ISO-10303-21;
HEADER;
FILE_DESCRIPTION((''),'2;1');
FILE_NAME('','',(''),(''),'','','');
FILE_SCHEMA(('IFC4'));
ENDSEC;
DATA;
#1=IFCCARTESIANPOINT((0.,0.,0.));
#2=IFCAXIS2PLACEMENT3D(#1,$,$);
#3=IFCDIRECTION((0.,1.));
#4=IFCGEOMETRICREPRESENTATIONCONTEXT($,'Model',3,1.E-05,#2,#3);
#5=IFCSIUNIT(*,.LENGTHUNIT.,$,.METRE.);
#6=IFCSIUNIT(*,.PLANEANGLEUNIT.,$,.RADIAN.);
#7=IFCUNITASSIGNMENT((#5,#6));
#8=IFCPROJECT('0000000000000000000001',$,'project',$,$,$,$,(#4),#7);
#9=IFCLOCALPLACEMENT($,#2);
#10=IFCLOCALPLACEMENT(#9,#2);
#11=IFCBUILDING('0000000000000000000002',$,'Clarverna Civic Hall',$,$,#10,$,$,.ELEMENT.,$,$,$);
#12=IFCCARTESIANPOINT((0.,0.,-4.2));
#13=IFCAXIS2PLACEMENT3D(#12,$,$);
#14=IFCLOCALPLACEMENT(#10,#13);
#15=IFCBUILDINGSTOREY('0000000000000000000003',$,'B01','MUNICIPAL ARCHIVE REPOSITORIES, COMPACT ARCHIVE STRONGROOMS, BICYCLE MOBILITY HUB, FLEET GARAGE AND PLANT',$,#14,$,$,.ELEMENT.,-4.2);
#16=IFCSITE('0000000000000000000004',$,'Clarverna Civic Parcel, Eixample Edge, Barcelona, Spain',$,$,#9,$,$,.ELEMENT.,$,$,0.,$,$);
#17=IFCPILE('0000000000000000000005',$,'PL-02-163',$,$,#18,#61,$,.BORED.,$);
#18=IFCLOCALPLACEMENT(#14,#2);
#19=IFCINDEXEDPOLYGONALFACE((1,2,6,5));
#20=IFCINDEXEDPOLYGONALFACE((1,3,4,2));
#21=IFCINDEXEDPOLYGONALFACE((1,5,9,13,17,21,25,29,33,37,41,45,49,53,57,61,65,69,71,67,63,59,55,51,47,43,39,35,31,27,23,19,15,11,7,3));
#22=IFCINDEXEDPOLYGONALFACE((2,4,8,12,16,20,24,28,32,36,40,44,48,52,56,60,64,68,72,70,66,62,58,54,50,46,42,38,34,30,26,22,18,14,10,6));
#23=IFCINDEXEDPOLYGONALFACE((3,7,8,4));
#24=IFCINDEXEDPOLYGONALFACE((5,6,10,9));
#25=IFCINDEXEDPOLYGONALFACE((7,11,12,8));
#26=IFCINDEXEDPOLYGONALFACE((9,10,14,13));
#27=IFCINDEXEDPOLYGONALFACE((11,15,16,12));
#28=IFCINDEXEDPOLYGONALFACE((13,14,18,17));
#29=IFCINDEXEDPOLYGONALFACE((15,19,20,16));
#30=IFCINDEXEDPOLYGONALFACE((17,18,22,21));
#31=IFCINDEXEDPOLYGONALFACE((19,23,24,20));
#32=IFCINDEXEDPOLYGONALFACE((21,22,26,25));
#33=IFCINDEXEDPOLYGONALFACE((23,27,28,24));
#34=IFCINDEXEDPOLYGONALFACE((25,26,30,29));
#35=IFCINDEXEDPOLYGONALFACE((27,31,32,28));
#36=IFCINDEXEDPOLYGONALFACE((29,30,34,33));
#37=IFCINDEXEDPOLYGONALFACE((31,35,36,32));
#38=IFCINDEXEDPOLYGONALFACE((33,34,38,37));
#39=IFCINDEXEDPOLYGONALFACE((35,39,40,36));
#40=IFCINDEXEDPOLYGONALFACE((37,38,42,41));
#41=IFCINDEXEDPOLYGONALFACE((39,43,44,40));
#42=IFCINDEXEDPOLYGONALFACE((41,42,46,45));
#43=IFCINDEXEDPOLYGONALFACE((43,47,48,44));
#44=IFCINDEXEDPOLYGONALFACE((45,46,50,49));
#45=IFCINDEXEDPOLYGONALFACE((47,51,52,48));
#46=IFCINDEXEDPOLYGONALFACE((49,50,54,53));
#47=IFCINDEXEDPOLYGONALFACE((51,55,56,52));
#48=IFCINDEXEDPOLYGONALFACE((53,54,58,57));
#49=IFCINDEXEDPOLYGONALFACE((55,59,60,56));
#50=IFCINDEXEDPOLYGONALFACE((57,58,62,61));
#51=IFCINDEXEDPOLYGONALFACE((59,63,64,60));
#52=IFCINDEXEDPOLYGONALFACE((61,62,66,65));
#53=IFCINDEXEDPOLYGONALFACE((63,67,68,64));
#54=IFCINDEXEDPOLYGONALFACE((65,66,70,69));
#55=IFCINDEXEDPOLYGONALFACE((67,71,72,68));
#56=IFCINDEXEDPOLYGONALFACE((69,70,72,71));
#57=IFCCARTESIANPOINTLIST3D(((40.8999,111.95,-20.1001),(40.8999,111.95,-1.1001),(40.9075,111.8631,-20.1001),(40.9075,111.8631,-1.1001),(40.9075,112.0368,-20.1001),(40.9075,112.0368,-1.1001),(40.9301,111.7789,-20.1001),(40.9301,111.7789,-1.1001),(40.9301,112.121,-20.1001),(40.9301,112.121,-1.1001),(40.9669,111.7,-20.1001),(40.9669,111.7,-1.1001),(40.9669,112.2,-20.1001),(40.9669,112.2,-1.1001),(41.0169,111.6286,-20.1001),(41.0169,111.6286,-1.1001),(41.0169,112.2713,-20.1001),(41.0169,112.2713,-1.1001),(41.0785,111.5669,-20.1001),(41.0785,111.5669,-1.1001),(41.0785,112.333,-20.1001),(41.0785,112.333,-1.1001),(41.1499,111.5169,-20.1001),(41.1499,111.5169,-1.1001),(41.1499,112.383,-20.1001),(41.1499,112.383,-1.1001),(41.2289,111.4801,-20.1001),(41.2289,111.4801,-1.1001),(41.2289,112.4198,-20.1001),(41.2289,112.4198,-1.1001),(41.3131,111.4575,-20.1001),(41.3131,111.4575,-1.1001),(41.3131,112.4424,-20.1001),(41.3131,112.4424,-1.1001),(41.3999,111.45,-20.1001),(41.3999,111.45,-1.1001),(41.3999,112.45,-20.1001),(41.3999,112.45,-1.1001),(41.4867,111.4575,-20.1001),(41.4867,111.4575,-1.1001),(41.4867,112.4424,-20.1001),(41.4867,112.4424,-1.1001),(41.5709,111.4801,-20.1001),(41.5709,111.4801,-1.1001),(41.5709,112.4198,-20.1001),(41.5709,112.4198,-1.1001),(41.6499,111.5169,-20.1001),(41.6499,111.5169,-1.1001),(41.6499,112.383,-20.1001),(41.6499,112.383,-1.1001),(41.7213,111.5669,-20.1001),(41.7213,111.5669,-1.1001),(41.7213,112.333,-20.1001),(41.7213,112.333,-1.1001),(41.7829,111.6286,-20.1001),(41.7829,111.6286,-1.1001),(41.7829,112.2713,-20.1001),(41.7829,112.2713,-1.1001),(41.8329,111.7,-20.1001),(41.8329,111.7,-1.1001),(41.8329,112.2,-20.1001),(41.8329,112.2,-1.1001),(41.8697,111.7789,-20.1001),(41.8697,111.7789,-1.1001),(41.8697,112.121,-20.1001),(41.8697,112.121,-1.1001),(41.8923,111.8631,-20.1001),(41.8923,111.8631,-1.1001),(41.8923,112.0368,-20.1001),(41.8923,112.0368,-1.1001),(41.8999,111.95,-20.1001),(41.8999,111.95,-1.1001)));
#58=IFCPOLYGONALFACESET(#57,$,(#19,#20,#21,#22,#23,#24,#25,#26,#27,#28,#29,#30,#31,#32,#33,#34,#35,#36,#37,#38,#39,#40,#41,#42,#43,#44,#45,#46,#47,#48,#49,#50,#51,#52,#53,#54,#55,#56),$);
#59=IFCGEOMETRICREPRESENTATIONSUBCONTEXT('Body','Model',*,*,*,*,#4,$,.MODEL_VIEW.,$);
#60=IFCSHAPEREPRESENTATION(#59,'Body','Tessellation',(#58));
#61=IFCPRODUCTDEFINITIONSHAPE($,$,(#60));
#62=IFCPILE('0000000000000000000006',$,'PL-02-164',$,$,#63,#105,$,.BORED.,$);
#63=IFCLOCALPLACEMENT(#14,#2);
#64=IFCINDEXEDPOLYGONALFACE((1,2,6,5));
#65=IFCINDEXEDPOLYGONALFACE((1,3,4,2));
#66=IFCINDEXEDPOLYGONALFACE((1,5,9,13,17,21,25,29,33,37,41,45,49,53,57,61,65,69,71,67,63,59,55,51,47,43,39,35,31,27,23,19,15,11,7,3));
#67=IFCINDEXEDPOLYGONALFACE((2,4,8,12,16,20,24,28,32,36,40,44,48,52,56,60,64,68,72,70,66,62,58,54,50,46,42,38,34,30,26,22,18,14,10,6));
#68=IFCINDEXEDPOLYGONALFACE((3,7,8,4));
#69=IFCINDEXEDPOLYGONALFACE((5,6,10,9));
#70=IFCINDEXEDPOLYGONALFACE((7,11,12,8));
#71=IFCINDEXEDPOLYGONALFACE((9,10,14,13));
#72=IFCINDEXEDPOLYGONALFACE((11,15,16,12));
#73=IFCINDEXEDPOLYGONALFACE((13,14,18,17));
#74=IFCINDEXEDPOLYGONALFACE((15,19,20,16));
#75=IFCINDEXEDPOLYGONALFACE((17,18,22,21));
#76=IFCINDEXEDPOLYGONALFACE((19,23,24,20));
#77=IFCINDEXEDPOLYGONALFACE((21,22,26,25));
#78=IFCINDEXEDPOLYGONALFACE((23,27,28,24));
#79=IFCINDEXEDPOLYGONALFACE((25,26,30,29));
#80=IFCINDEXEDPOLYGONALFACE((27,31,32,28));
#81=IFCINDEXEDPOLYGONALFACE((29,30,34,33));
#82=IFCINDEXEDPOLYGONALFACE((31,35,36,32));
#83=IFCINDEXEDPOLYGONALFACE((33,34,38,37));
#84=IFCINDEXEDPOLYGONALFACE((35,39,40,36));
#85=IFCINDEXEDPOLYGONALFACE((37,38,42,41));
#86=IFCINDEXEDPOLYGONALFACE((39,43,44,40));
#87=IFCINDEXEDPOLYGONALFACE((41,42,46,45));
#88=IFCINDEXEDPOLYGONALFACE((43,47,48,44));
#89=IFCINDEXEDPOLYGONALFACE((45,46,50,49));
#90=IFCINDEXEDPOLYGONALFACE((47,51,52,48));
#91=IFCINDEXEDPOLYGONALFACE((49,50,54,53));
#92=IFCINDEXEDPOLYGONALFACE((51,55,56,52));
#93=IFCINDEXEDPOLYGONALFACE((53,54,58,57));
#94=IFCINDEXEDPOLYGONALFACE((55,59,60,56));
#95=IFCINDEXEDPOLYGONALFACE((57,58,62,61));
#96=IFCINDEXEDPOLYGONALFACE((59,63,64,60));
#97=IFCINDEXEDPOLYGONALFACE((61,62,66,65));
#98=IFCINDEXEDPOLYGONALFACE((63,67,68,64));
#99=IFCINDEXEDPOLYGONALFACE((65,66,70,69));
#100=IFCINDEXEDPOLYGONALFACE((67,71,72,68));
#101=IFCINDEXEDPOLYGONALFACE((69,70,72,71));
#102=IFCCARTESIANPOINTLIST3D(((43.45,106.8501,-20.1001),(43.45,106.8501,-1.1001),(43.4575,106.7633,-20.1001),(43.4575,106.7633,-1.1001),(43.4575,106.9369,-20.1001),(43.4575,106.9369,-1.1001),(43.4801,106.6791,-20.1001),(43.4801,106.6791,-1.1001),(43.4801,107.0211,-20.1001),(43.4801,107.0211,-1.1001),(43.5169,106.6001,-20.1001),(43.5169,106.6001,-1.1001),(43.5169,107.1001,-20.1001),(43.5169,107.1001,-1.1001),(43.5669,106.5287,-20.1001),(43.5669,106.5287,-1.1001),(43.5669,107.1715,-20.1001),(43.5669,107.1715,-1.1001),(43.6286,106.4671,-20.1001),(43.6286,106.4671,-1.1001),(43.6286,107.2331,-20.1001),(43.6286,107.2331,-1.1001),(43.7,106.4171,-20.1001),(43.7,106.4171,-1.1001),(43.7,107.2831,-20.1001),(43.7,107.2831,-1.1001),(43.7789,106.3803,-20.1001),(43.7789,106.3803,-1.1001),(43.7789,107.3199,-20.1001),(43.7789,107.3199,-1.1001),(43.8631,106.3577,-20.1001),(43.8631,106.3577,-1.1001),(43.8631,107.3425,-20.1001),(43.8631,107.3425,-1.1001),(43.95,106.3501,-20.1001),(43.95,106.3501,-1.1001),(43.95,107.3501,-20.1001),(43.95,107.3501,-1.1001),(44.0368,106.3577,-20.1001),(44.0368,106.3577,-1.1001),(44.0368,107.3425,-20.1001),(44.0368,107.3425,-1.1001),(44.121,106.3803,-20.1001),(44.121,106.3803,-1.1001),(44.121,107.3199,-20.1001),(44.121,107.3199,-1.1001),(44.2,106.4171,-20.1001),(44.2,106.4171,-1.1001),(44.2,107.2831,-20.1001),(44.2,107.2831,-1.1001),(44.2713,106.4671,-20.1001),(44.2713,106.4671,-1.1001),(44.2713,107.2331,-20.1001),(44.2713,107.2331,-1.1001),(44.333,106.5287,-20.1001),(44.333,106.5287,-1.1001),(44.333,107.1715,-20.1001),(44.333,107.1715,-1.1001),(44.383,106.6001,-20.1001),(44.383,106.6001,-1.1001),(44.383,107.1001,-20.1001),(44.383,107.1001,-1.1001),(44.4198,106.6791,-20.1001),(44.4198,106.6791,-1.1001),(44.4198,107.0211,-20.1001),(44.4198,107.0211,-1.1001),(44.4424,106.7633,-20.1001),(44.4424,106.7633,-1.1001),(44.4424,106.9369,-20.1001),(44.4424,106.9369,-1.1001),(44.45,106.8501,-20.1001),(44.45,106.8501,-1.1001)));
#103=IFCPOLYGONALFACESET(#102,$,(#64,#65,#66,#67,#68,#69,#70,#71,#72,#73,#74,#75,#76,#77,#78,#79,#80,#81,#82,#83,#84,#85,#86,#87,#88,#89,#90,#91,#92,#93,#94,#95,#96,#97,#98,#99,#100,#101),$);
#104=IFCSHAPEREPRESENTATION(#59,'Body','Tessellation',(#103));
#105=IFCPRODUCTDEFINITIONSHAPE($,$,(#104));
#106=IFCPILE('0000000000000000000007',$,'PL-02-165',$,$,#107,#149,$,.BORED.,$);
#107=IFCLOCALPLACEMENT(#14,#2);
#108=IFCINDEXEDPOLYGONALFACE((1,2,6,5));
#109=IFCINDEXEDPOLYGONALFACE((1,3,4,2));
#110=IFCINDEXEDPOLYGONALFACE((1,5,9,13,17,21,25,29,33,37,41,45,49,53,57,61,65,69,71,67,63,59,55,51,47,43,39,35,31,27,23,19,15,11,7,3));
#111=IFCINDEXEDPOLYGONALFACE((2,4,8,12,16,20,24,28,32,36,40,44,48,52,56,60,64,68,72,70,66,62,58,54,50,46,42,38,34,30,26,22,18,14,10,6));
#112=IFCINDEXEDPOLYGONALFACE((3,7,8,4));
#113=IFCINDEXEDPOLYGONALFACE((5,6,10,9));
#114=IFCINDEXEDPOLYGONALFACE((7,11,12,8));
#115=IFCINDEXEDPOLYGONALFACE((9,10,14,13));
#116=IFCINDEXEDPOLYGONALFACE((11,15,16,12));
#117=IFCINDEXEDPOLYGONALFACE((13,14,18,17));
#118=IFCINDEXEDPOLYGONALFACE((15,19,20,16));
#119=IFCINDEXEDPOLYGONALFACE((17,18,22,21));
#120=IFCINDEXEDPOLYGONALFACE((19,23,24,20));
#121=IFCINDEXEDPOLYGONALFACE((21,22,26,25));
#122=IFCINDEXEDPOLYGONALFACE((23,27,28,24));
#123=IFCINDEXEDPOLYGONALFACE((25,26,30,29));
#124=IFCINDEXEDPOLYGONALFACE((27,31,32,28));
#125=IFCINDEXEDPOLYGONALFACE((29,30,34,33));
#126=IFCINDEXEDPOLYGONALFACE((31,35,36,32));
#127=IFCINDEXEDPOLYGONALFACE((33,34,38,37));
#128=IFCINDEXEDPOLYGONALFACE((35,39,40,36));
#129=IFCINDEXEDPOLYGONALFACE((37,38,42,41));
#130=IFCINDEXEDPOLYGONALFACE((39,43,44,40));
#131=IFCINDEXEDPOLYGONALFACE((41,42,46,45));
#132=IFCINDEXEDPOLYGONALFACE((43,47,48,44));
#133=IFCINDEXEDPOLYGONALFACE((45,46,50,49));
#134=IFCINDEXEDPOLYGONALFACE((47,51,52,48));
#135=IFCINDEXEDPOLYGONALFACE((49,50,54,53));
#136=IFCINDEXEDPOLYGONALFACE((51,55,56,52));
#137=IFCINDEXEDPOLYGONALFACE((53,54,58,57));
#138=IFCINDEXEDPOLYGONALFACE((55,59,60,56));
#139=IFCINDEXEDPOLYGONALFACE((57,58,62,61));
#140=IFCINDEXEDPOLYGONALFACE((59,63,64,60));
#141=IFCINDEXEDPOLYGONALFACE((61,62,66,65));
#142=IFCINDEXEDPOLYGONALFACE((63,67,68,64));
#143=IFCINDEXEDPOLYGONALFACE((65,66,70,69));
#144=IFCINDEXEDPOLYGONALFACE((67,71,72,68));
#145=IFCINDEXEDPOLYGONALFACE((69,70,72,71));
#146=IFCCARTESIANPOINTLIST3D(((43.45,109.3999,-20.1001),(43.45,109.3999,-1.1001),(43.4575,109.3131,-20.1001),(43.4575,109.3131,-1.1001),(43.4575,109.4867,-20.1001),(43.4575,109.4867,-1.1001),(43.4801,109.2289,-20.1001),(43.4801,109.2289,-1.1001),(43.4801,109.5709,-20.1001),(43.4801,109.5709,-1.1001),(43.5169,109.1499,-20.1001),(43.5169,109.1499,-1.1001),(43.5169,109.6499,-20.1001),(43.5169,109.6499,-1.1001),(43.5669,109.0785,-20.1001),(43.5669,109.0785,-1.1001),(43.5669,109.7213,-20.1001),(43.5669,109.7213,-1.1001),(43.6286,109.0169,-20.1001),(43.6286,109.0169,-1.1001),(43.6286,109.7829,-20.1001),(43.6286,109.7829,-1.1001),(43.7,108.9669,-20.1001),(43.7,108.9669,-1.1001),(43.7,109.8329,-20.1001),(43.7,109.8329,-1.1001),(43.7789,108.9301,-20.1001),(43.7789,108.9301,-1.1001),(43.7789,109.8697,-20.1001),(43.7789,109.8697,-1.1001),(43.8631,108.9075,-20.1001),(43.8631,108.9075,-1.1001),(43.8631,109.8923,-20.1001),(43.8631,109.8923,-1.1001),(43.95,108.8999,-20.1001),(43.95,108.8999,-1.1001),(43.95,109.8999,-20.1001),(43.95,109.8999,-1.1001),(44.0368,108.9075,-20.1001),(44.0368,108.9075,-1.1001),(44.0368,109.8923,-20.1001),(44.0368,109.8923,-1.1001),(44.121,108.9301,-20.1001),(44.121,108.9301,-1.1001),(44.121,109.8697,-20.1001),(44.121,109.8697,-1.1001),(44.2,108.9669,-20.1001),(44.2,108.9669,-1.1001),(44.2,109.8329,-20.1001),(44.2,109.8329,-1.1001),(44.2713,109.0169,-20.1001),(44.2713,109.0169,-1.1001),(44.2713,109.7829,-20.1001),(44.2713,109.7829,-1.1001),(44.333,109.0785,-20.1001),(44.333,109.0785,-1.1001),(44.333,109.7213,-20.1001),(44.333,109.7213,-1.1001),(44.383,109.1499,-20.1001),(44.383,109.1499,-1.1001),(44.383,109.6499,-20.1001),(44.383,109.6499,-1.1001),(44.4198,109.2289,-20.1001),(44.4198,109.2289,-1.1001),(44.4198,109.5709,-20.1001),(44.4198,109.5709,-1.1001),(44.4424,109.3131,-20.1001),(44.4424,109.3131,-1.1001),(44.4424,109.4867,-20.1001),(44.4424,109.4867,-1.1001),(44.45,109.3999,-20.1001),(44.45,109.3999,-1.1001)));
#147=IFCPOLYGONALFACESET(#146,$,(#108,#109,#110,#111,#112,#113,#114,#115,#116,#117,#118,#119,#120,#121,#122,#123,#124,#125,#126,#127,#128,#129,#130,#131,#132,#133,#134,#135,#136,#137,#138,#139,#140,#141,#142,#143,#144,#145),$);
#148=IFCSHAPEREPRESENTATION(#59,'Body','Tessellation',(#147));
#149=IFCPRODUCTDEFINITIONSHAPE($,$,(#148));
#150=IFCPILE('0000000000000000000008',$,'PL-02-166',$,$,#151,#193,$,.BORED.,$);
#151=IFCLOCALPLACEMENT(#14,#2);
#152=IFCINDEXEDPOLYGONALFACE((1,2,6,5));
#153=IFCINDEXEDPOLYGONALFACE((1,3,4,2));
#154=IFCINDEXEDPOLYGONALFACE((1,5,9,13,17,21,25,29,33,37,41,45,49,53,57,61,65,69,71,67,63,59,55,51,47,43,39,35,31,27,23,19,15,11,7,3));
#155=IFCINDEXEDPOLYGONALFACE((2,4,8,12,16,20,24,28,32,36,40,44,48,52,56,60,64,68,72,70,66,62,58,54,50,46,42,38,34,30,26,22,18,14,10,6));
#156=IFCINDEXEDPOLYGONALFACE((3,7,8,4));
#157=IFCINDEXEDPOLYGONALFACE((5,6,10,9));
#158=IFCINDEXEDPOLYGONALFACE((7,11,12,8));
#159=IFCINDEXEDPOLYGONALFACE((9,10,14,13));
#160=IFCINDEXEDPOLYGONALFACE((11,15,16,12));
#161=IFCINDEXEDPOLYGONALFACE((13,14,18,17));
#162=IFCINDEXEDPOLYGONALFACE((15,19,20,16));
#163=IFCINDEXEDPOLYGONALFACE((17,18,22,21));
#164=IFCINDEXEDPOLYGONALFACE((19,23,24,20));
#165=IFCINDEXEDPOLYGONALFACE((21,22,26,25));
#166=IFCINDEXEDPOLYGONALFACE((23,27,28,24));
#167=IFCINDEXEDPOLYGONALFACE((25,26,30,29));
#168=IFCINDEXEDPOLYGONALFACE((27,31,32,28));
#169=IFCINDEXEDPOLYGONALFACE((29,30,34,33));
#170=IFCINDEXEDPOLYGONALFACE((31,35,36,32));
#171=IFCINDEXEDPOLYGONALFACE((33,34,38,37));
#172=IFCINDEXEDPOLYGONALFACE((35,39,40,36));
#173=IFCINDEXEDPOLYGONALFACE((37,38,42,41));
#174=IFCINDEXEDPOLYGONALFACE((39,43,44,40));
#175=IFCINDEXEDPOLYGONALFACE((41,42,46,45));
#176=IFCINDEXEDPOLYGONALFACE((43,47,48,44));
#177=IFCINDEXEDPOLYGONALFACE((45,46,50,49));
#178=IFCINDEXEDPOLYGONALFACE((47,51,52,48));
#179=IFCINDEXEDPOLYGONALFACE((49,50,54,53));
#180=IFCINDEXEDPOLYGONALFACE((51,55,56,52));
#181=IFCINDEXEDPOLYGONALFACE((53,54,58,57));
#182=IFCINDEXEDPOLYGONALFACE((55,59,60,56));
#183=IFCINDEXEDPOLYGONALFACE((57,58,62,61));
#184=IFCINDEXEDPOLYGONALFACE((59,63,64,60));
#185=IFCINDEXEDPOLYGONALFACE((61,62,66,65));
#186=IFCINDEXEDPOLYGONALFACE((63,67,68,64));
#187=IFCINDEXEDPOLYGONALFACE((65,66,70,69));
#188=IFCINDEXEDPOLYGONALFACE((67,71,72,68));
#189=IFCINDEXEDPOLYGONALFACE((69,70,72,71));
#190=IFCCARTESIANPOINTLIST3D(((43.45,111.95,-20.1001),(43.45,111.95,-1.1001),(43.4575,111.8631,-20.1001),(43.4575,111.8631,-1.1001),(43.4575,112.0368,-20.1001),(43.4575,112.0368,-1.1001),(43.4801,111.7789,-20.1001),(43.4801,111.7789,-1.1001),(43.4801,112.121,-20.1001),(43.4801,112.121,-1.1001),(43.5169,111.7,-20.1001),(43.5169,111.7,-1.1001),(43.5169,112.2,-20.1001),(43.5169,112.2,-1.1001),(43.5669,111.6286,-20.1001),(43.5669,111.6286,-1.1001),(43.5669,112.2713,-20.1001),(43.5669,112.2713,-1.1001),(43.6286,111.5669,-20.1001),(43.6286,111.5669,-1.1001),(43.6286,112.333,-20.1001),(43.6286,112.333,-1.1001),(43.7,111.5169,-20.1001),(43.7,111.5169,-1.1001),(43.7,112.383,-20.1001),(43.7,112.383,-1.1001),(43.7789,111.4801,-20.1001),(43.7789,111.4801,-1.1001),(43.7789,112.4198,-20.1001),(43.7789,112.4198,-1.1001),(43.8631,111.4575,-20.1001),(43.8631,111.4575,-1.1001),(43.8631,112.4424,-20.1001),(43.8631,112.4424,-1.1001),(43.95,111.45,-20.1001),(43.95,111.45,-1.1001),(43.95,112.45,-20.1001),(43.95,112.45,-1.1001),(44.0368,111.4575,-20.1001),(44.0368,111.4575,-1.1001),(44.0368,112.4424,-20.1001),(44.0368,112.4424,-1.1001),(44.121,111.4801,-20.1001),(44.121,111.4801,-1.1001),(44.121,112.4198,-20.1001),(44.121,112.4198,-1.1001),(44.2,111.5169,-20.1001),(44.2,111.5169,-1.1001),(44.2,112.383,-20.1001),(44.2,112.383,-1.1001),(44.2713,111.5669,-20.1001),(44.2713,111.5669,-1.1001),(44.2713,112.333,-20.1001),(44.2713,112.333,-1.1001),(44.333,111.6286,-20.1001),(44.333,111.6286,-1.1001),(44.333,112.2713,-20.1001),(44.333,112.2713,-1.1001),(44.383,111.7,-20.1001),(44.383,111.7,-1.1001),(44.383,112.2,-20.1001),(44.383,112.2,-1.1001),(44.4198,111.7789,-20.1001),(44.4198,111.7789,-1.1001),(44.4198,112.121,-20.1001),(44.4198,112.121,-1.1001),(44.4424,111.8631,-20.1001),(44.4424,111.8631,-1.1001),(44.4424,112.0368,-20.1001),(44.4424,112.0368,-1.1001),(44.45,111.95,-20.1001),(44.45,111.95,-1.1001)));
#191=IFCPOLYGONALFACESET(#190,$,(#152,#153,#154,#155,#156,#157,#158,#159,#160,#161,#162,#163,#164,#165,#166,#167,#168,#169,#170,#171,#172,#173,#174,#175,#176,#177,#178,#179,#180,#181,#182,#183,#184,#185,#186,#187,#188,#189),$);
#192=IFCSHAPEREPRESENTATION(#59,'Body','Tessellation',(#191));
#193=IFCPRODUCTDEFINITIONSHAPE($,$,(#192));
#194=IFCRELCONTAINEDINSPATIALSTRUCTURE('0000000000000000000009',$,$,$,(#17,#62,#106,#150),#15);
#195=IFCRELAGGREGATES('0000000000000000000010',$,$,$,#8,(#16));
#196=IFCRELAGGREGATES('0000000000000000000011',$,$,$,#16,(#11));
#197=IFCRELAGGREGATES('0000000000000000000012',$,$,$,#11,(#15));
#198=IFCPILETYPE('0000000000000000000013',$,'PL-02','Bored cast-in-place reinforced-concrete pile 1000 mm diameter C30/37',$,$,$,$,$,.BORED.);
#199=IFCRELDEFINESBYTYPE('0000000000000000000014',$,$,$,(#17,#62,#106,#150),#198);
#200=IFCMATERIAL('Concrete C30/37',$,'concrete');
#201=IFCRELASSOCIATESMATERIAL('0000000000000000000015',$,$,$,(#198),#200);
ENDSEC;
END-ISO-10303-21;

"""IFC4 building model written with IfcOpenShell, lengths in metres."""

from ifc_helpers import new_model, si_unit, direction, frame, origin, origin_2d, place, context, subcontext, project, spatial, circle, extrude, material, material_profile, profile_set, type_object, element, save


model = new_model("IFC4")

# Units and contexts
model_context = context("Model", 3, precision=1e-05, world=origin(), true_north=direction((0.0, 1.0)))
body_context = subcontext(model_context, "Body", "Model", "MODEL_VIEW")
ifc_project = project(units=[si_unit("LENGTHUNIT", "METRE"), si_unit("PLANEANGLEUNIT", "RADIAN")], contexts=[model_context])

# Site, building, storey
site_placement = place(None, origin())
site = spatial("IfcSite", under=ifc_project, at=site_placement, Name="Clarverna Civic Parcel, Eixample Edge, Barcelona, Spain", CompositionType="ELEMENT", RefElevation=0.0)
building_placement = place(site_placement, origin())
building = spatial("IfcBuilding", under=site, at=building_placement, Name="Clarverna Civic Hall", CompositionType="ELEMENT")
storey_placement = place(building_placement, frame((0.0, 0.0, -4.2)))
storey = spatial("IfcBuildingStorey", under=building, at=storey_placement, Name="B01", Description="MUNICIPAL ARCHIVE REPOSITORIES, COMPACT ARCHIVE STRONGROOMS, BICYCLE MOBILITY HUB, FLEET GARAGE AND PLANT", CompositionType="ELEMENT", Elevation=-4.2)

# Shared definitions
ifc_material_1 = material(Name="Concrete C30/37", Category="concrete")

# Piles
ifc_material_profile_1 = material_profile(ifc_material_1, circle(Radius=0.5, at=origin_2d()), Name="BORED PILE D1000")
ifc_profile_set_1 = profile_set([ifc_material_profile_1], Name="Concrete C30/37")
pile_type = type_object("IfcPileType", Name="PL-02", Description="Bored cast-in-place reinforced-concrete pile 1000 mm diameter C30/37", PredefinedType="BORED", material=ifc_profile_set_1)
for number, where, z_axis, x_axis, name in (
    (1, (41.3999, 111.95, -1.1001), (0.0, 0.0, -1.0), (1.0, 0.0, 0.0), "PL-02-163"),
    (2, (43.95, 106.8501, -1.1001), (0.0, 0.0, -1.0), (1.0, 0.0, 0.0), "PL-02-164"),
    (3, (43.95, 109.3999, -1.1001), (0.0, 0.0, -1.0), (1.0, 0.0, 0.0), "PL-02-165"),
    (4, (43.95, 111.95, -1.1001), (0.0, 0.0, -1.0), (1.0, 0.0, 0.0), "PL-02-166"),
):
    element("IfcPile", number, at=place(storey_placement, frame(where, z_axis=z_axis, x_axis=x_axis)), inside=storey, type_object=pile_type, Name=name, PredefinedType="BORED", context=body_context, shape_type="SweptSolid", body=[
        extrude(circle(Radius=0.5, at=origin_2d()), origin(), (0.0, 0.0, 1.0), 19.0),
    ])

save(model, "model.ifc")
